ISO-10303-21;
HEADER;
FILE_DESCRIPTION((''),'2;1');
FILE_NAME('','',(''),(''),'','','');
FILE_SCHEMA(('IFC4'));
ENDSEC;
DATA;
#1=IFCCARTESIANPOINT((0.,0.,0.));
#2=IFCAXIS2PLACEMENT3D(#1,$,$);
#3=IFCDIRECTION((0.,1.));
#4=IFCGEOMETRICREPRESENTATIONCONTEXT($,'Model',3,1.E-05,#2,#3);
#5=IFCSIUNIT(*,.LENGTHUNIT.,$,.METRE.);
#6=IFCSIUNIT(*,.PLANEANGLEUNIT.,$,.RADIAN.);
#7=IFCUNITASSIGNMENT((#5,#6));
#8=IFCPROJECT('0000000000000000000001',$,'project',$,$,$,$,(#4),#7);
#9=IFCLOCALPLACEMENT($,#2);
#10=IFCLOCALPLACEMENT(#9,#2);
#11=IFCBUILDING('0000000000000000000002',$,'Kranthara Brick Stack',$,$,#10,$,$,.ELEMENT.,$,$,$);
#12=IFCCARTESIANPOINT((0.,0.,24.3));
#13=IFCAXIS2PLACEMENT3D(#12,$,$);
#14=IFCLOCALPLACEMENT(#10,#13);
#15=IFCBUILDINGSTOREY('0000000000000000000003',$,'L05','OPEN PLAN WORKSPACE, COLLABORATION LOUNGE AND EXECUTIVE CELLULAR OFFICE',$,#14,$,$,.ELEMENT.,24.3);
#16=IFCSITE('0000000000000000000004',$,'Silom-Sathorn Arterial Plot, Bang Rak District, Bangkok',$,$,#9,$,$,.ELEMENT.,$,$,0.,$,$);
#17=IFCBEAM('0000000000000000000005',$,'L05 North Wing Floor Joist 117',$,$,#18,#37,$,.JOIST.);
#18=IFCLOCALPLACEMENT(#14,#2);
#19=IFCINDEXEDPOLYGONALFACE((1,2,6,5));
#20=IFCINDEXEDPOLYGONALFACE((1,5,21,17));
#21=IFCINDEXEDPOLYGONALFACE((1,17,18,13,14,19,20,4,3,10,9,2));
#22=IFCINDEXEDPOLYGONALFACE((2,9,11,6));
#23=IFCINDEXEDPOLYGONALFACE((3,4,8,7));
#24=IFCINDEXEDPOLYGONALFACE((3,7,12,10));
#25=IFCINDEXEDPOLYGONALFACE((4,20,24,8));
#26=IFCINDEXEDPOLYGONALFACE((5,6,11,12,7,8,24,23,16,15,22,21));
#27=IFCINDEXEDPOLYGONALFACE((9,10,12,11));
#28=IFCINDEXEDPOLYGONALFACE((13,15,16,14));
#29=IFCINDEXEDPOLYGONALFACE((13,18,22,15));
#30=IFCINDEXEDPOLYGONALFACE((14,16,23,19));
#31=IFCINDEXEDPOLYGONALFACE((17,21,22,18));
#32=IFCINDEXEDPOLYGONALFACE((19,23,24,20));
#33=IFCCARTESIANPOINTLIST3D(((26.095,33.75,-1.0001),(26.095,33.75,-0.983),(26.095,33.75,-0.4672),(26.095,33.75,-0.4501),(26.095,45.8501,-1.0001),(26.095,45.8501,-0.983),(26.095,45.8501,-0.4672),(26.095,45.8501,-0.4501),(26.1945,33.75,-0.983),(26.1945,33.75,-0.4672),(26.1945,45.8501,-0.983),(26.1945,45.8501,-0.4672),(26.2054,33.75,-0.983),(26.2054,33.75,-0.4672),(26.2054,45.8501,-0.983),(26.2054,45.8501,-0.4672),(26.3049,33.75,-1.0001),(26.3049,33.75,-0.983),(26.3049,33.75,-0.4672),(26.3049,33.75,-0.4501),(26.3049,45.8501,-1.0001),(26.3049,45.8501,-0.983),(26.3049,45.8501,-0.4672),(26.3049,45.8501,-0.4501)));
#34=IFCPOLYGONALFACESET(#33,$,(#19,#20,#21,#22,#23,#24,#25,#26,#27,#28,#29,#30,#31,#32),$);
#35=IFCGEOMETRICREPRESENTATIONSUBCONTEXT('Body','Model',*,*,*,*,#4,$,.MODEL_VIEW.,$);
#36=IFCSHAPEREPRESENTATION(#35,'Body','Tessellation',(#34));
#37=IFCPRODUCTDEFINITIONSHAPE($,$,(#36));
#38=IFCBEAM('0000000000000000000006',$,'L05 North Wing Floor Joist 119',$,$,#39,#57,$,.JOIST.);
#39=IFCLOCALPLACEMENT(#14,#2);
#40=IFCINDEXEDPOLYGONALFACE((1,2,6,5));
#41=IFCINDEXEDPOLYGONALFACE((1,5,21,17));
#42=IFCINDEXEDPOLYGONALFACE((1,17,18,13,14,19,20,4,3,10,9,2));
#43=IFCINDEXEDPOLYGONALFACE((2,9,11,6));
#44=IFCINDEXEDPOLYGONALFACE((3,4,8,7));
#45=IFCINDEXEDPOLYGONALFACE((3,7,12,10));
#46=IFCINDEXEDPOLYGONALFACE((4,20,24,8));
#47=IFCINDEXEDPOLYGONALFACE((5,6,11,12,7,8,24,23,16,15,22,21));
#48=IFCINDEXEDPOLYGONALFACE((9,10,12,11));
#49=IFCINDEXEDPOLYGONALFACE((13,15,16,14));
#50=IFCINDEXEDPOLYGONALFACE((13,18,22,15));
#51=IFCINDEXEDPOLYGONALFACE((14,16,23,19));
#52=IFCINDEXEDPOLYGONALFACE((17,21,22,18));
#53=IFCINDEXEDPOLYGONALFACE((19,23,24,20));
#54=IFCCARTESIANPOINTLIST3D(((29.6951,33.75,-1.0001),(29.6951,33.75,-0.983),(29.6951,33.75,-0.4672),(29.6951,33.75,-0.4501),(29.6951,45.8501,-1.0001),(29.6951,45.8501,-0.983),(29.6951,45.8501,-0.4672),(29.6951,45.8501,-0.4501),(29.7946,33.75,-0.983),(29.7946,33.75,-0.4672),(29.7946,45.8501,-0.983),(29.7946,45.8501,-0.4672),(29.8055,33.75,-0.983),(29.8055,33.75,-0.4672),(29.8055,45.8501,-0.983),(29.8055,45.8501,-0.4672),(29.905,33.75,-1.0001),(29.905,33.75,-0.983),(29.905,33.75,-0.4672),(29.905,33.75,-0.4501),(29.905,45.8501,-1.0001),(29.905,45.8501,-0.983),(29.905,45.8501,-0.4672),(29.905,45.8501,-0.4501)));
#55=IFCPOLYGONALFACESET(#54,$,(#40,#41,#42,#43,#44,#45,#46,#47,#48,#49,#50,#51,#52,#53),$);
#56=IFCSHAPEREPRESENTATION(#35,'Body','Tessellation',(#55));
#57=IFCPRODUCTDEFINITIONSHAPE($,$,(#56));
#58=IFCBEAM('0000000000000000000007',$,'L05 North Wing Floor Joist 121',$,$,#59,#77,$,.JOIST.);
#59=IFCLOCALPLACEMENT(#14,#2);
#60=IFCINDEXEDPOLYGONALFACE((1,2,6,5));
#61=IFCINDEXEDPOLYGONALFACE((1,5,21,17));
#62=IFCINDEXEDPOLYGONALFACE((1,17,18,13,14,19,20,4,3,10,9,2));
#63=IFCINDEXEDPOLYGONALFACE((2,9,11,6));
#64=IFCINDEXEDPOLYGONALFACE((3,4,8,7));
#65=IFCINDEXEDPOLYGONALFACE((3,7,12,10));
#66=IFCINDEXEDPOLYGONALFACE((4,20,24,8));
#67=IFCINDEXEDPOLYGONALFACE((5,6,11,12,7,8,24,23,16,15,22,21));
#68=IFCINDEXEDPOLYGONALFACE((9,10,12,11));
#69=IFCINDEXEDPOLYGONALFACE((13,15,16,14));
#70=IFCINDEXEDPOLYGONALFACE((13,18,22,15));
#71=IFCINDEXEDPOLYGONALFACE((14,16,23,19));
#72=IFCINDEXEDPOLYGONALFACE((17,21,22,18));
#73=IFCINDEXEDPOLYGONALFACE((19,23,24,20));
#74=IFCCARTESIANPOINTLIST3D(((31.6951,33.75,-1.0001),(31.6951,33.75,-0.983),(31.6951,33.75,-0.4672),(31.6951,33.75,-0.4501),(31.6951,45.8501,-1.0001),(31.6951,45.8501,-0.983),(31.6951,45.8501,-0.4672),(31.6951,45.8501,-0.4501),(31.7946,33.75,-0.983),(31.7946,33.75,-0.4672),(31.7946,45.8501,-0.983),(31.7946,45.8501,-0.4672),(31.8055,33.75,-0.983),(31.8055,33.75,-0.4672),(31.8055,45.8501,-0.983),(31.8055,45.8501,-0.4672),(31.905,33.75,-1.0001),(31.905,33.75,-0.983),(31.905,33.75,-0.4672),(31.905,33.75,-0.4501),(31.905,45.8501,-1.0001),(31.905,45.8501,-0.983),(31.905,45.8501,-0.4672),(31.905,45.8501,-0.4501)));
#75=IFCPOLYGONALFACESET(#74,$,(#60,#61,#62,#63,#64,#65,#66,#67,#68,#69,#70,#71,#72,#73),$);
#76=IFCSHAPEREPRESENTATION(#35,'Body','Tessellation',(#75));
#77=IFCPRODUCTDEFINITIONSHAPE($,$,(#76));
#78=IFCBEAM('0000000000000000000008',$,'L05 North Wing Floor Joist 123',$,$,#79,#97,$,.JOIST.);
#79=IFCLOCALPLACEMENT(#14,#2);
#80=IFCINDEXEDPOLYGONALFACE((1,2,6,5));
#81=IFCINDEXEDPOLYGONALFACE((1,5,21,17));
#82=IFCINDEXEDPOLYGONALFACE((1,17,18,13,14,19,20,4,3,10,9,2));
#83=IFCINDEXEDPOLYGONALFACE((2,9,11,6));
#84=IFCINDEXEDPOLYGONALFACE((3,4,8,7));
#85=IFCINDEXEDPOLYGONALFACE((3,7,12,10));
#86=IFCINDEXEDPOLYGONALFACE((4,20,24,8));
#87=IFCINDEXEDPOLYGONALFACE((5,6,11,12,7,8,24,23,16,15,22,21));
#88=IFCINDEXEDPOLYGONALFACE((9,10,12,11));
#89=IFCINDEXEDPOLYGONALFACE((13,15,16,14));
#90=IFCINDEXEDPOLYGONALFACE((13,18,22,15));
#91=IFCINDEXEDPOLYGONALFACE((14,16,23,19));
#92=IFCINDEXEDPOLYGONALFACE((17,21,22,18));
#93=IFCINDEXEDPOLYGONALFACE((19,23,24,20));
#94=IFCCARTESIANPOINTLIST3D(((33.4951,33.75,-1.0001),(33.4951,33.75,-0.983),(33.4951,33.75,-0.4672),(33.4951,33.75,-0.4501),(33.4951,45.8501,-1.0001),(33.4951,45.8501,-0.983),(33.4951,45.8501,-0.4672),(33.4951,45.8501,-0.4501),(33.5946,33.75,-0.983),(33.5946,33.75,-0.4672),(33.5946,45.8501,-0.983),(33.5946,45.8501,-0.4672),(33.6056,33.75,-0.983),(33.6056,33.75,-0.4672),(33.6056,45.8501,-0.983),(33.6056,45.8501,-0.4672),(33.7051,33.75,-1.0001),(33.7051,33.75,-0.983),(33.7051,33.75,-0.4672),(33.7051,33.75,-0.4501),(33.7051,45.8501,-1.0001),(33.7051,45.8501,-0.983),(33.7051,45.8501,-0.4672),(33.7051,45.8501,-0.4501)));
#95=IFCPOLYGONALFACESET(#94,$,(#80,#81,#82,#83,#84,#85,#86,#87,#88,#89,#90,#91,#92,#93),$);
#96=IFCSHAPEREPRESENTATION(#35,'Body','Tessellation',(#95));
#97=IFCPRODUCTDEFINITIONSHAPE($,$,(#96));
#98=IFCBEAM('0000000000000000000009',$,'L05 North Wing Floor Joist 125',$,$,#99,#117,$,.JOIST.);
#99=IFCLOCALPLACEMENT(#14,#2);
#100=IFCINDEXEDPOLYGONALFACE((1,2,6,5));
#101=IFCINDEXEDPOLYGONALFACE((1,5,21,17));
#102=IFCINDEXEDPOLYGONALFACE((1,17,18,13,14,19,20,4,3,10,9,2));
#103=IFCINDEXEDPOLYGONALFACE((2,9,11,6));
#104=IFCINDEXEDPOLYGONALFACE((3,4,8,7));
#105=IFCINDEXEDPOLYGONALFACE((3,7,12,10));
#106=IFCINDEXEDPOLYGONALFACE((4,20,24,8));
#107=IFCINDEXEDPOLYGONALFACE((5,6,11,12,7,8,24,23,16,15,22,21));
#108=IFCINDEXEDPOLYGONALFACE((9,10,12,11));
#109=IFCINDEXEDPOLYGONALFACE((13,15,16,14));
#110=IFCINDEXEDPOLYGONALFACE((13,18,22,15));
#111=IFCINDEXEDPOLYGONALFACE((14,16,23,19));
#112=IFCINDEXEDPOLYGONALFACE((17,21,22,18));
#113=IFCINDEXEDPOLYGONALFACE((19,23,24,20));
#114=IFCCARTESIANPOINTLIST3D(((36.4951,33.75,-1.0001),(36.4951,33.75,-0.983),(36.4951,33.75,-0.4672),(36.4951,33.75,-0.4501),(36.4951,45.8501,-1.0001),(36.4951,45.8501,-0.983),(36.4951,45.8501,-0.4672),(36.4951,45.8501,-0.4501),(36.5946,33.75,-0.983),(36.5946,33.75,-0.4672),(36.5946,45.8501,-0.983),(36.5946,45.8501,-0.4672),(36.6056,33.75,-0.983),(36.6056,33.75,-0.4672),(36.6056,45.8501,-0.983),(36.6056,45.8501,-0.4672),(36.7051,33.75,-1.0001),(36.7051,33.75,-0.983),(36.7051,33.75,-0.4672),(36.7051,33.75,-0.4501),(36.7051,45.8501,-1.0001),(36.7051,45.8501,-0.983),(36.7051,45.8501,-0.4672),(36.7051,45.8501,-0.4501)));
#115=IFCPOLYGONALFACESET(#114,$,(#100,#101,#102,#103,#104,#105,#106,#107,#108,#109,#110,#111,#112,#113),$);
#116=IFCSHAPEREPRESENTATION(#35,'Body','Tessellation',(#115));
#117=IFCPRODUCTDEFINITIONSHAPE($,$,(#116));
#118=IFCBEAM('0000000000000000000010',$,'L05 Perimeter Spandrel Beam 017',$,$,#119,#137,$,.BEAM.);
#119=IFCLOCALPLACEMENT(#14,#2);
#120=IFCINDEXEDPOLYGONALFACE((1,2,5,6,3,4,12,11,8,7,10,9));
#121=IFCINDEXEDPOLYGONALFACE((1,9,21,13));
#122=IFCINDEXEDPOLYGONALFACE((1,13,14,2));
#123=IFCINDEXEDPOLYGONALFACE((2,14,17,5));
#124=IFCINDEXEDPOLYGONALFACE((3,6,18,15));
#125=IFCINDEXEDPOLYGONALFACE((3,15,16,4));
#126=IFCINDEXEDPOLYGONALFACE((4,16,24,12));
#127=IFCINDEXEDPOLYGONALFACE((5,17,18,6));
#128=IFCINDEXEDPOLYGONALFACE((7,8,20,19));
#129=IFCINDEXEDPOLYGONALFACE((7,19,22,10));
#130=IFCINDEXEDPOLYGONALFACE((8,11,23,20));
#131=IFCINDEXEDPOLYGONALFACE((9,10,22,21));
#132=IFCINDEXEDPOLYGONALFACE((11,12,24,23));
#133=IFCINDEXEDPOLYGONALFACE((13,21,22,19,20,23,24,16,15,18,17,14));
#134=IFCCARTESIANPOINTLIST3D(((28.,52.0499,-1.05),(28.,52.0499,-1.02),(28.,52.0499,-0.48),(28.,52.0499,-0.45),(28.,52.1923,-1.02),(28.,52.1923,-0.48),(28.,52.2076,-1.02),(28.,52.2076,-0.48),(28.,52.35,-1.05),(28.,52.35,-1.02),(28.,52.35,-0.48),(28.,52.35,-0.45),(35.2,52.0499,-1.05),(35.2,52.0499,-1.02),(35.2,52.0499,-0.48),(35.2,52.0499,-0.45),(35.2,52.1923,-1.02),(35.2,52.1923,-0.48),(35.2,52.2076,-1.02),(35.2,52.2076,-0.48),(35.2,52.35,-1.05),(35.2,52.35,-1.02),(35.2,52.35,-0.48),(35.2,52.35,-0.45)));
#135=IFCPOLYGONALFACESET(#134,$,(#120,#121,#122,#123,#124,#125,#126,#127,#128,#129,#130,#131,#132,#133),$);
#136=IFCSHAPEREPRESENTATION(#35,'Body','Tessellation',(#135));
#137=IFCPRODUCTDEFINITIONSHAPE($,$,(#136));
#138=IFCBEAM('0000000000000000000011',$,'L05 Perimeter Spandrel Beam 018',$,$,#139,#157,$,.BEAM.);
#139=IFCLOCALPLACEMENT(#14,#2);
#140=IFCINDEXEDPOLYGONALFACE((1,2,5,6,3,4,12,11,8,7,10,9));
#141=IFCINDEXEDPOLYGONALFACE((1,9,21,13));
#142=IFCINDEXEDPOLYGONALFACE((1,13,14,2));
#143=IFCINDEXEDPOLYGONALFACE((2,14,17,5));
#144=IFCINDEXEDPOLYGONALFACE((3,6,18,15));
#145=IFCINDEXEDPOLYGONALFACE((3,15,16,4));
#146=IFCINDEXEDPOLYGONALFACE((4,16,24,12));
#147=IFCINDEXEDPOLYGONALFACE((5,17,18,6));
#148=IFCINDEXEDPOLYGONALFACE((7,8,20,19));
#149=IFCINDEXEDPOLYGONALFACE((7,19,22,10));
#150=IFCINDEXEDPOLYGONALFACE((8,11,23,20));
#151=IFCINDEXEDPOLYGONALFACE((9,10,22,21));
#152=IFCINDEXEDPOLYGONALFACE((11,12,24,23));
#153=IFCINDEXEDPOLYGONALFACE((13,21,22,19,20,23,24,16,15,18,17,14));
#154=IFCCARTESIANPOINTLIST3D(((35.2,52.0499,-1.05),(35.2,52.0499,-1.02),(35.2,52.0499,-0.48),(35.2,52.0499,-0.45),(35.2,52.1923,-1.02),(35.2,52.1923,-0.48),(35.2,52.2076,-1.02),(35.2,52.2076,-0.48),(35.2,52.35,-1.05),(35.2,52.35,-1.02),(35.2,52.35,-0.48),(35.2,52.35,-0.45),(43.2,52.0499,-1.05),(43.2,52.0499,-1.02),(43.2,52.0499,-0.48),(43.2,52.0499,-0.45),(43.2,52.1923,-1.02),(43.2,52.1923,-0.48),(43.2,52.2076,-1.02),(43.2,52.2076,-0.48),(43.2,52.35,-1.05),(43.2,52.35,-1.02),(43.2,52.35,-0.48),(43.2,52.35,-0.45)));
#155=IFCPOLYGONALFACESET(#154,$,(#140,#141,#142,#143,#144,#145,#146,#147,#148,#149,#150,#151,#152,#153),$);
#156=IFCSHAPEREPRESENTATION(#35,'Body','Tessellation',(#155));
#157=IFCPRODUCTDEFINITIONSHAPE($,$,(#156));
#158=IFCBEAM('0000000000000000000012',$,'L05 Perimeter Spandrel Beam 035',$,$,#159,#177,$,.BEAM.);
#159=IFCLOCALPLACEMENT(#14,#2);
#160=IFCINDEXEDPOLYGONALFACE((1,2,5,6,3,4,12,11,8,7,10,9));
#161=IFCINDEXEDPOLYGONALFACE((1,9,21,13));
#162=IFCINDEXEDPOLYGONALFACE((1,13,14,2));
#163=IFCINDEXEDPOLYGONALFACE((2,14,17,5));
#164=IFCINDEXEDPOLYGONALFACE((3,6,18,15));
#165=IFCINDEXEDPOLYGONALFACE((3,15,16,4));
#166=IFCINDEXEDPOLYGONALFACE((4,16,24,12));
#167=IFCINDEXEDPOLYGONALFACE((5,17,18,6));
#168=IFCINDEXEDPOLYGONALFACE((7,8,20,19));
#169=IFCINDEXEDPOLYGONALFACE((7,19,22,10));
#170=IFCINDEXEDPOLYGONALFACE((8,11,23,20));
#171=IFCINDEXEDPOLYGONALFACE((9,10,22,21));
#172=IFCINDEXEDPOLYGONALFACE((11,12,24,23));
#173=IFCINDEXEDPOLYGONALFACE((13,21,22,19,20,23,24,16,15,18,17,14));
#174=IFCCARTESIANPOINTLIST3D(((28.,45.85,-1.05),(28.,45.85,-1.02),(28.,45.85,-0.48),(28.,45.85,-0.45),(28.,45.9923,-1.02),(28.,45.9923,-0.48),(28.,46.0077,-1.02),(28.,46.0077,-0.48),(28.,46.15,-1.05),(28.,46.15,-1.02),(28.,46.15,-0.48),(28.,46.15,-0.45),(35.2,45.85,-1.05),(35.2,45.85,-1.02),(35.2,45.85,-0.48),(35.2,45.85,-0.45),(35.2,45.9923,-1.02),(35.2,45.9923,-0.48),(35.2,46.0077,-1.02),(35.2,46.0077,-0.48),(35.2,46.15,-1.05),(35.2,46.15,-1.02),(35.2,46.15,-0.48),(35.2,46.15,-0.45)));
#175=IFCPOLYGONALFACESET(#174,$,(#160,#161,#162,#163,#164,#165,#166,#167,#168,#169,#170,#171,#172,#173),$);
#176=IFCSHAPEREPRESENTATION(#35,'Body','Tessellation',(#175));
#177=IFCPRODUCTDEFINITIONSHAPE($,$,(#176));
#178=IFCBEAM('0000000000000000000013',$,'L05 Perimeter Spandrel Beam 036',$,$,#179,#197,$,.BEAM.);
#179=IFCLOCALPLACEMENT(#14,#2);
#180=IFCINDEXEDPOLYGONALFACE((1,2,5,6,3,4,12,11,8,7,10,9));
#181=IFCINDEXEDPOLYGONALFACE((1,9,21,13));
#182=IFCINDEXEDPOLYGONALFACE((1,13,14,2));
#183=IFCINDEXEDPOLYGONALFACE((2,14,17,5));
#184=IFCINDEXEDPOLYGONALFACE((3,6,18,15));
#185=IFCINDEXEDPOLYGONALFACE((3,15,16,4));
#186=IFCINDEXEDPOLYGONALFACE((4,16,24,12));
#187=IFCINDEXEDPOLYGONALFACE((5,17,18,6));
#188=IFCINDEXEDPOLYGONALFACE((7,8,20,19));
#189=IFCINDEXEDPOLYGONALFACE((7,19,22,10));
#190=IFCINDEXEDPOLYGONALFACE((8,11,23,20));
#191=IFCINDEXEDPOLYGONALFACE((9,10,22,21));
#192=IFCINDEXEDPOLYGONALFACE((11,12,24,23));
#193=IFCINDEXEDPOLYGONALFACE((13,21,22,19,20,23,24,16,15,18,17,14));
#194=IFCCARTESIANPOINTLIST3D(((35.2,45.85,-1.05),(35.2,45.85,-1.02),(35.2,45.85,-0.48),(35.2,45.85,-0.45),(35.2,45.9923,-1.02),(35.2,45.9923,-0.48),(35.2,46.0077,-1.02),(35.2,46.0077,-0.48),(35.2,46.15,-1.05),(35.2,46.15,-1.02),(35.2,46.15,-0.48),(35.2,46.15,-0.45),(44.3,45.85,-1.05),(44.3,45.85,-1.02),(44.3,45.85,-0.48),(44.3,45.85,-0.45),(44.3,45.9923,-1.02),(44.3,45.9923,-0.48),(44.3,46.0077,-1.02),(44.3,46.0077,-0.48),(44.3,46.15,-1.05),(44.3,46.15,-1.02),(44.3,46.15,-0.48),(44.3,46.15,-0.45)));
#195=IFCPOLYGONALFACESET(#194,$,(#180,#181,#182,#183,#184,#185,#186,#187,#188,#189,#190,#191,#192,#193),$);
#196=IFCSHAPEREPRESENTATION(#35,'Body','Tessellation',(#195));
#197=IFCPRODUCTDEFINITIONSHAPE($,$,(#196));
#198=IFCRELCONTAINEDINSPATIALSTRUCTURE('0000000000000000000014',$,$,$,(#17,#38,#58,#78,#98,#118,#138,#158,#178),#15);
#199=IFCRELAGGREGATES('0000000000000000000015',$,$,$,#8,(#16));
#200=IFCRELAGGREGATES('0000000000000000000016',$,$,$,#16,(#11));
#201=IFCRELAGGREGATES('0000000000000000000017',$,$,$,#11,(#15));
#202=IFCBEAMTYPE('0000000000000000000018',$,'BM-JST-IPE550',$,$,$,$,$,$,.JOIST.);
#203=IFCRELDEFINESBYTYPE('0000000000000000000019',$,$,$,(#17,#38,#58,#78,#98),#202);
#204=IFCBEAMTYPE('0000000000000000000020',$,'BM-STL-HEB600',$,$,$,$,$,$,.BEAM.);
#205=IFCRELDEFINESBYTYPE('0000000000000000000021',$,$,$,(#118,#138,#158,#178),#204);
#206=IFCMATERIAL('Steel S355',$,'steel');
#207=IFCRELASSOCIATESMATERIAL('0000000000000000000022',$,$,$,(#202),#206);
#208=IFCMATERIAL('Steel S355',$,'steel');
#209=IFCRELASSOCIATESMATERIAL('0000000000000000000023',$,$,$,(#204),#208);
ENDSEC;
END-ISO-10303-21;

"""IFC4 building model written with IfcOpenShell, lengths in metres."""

from ifc_helpers import new_model, si_unit, direction, frame, origin, origin_2d, place, context, subcontext, project, spatial, i_section, extrude, material, material_profile, profile_set, type_object, element, save


model = new_model("IFC4")

# Units and contexts
model_context = context("Model", 3, precision=1e-05, world=origin(), true_north=direction((0.0, 1.0)))
body_context = subcontext(model_context, "Body", "Model", "MODEL_VIEW")
ifc_project = project(units=[si_unit("LENGTHUNIT", "METRE"), si_unit("PLANEANGLEUNIT", "RADIAN")], contexts=[model_context])

# Site, building, storey
site_placement = place(None, origin())
site = spatial("IfcSite", under=ifc_project, at=site_placement, Name="Silom-Sathorn Arterial Plot, Bang Rak District, Bangkok", CompositionType="ELEMENT", RefElevation=0.0)
building_placement = place(site_placement, origin())
building = spatial("IfcBuilding", under=site, at=building_placement, Name="Kranthara Brick Stack", CompositionType="ELEMENT")
storey_placement = place(building_placement, frame((0.0, 0.0, 24.3)))
storey = spatial("IfcBuildingStorey", under=building, at=storey_placement, Name="L05", Description="OPEN PLAN WORKSPACE, COLLABORATION LOUNGE AND EXECUTIVE CELLULAR OFFICE", CompositionType="ELEMENT", Elevation=24.3)

# Beams
ifc_material_1 = material(Name="Steel S355", Category="steel")
ifc_material_profile_1 = material_profile(ifc_material_1, i_section(OverallWidth=0.21, OverallDepth=0.55, WebThickness=0.011, FlangeThickness=0.0171, at=origin_2d()), Name="IPE 550")
ifc_profile_set_1 = profile_set([ifc_material_profile_1], Name="Steel S355")
beam_type_1 = type_object("IfcBeamType", Name="BM-JST-IPE550", PredefinedType="JOIST", material=ifc_profile_set_1)
for number, where, z_axis, x_axis, name in (
    (1, (26.2, 33.75, -0.7251), (0.0, 1.0, 0.0), (-1.0, 0.0, 0.0), "L05 North Wing Floor Joist 117"),
    (2, (29.8, 33.75, -0.7251), (0.0, 1.0, 0.0), (-1.0, 0.0, 0.0), "L05 North Wing Floor Joist 119"),
    (3, (31.8, 33.75, -0.7251), (0.0, 1.0, 0.0), (-1.0, 0.0, 0.0), "L05 North Wing Floor Joist 121"),
    (4, (33.6001, 33.75, -0.7251), (0.0, 1.0, 0.0), (-1.0, 0.0, 0.0), "L05 North Wing Floor Joist 123"),
    (5, (36.6001, 33.75, -0.7251), (0.0, 1.0, 0.0), (-1.0, 0.0, 0.0), "L05 North Wing Floor Joist 125"),
):
    element("IfcBeam", number, at=place(storey_placement, frame(where, z_axis=z_axis, x_axis=x_axis)), inside=storey, type_object=beam_type_1, Name=name, PredefinedType="JOIST", context=body_context, shape_type="SweptSolid", body=[
        extrude(i_section(OverallWidth=0.21, OverallDepth=0.55, WebThickness=0.011, FlangeThickness=0.0171, at=origin_2d()), origin(), (0.0, 0.0, 1.0), 12.1001),
    ])
ifc_material_2 = material(Name="Steel S355", Category="steel")
ifc_material_profile_2 = material_profile(ifc_material_2, i_section(OverallWidth=0.3, OverallDepth=0.6001, WebThickness=0.0154, FlangeThickness=0.03, at=origin_2d()), Name="HEB 600")
ifc_profile_set_2 = profile_set([ifc_material_profile_2], Name="Steel S355")
beam_type_2 = type_object("IfcBeamType", Name="BM-STL-HEB600", PredefinedType="BEAM", material=ifc_profile_set_2)
beam_1_placement = place(storey_placement, frame((28.0, 52.2, -0.75), z_axis=(1.0, 0.0, 0.0), x_axis=(0.0, 1.0, 0.0)))
element("IfcBeam", 6, at=beam_1_placement, inside=storey, type_object=beam_type_2, Name="L05 Perimeter Spandrel Beam 017", PredefinedType="BEAM", context=body_context, shape_type="SweptSolid", body=[
    extrude(i_section(OverallWidth=0.3, OverallDepth=0.6001, WebThickness=0.0154, FlangeThickness=0.03, at=origin_2d()), origin(), (0.0, 0.0, 1.0), 7.2),
])
beam_2_placement = place(storey_placement, frame((35.2, 52.2, -0.75), z_axis=(1.0, 0.0, 0.0), x_axis=(0.0, 1.0, 0.0)))
element("IfcBeam", 7, at=beam_2_placement, inside=storey, type_object=beam_type_2, Name="L05 Perimeter Spandrel Beam 018", PredefinedType="BEAM", context=body_context, shape_type="SweptSolid", body=[
    extrude(i_section(OverallWidth=0.3, OverallDepth=0.6001, WebThickness=0.0154, FlangeThickness=0.03, at=origin_2d()), origin(), (0.0, 0.0, 1.0), 8.0),
])
beam_3_placement = place(storey_placement, frame((28.0, 46.0, -0.75), z_axis=(1.0, 0.0, 0.0), x_axis=(0.0, 1.0, 0.0)))
element("IfcBeam", 8, at=beam_3_placement, inside=storey, type_object=beam_type_2, Name="L05 Perimeter Spandrel Beam 035", PredefinedType="BEAM", context=body_context, shape_type="SweptSolid", body=[
    extrude(i_section(OverallWidth=0.3, OverallDepth=0.6001, WebThickness=0.0154, FlangeThickness=0.03, at=origin_2d()), origin(), (0.0, 0.0, 1.0), 7.2),
])
beam_4_placement = place(storey_placement, frame((35.2, 46.0, -0.75), z_axis=(1.0, 0.0, 0.0), x_axis=(0.0, 1.0, 0.0)))
element("IfcBeam", 9, at=beam_4_placement, inside=storey, type_object=beam_type_2, Name="L05 Perimeter Spandrel Beam 036", PredefinedType="BEAM", context=body_context, shape_type="SweptSolid", body=[
    extrude(i_section(OverallWidth=0.3, OverallDepth=0.6001, WebThickness=0.0154, FlangeThickness=0.03, at=origin_2d()), origin(), (0.0, 0.0, 1.0), 9.1001),
])

save(model, "model.ifc")
